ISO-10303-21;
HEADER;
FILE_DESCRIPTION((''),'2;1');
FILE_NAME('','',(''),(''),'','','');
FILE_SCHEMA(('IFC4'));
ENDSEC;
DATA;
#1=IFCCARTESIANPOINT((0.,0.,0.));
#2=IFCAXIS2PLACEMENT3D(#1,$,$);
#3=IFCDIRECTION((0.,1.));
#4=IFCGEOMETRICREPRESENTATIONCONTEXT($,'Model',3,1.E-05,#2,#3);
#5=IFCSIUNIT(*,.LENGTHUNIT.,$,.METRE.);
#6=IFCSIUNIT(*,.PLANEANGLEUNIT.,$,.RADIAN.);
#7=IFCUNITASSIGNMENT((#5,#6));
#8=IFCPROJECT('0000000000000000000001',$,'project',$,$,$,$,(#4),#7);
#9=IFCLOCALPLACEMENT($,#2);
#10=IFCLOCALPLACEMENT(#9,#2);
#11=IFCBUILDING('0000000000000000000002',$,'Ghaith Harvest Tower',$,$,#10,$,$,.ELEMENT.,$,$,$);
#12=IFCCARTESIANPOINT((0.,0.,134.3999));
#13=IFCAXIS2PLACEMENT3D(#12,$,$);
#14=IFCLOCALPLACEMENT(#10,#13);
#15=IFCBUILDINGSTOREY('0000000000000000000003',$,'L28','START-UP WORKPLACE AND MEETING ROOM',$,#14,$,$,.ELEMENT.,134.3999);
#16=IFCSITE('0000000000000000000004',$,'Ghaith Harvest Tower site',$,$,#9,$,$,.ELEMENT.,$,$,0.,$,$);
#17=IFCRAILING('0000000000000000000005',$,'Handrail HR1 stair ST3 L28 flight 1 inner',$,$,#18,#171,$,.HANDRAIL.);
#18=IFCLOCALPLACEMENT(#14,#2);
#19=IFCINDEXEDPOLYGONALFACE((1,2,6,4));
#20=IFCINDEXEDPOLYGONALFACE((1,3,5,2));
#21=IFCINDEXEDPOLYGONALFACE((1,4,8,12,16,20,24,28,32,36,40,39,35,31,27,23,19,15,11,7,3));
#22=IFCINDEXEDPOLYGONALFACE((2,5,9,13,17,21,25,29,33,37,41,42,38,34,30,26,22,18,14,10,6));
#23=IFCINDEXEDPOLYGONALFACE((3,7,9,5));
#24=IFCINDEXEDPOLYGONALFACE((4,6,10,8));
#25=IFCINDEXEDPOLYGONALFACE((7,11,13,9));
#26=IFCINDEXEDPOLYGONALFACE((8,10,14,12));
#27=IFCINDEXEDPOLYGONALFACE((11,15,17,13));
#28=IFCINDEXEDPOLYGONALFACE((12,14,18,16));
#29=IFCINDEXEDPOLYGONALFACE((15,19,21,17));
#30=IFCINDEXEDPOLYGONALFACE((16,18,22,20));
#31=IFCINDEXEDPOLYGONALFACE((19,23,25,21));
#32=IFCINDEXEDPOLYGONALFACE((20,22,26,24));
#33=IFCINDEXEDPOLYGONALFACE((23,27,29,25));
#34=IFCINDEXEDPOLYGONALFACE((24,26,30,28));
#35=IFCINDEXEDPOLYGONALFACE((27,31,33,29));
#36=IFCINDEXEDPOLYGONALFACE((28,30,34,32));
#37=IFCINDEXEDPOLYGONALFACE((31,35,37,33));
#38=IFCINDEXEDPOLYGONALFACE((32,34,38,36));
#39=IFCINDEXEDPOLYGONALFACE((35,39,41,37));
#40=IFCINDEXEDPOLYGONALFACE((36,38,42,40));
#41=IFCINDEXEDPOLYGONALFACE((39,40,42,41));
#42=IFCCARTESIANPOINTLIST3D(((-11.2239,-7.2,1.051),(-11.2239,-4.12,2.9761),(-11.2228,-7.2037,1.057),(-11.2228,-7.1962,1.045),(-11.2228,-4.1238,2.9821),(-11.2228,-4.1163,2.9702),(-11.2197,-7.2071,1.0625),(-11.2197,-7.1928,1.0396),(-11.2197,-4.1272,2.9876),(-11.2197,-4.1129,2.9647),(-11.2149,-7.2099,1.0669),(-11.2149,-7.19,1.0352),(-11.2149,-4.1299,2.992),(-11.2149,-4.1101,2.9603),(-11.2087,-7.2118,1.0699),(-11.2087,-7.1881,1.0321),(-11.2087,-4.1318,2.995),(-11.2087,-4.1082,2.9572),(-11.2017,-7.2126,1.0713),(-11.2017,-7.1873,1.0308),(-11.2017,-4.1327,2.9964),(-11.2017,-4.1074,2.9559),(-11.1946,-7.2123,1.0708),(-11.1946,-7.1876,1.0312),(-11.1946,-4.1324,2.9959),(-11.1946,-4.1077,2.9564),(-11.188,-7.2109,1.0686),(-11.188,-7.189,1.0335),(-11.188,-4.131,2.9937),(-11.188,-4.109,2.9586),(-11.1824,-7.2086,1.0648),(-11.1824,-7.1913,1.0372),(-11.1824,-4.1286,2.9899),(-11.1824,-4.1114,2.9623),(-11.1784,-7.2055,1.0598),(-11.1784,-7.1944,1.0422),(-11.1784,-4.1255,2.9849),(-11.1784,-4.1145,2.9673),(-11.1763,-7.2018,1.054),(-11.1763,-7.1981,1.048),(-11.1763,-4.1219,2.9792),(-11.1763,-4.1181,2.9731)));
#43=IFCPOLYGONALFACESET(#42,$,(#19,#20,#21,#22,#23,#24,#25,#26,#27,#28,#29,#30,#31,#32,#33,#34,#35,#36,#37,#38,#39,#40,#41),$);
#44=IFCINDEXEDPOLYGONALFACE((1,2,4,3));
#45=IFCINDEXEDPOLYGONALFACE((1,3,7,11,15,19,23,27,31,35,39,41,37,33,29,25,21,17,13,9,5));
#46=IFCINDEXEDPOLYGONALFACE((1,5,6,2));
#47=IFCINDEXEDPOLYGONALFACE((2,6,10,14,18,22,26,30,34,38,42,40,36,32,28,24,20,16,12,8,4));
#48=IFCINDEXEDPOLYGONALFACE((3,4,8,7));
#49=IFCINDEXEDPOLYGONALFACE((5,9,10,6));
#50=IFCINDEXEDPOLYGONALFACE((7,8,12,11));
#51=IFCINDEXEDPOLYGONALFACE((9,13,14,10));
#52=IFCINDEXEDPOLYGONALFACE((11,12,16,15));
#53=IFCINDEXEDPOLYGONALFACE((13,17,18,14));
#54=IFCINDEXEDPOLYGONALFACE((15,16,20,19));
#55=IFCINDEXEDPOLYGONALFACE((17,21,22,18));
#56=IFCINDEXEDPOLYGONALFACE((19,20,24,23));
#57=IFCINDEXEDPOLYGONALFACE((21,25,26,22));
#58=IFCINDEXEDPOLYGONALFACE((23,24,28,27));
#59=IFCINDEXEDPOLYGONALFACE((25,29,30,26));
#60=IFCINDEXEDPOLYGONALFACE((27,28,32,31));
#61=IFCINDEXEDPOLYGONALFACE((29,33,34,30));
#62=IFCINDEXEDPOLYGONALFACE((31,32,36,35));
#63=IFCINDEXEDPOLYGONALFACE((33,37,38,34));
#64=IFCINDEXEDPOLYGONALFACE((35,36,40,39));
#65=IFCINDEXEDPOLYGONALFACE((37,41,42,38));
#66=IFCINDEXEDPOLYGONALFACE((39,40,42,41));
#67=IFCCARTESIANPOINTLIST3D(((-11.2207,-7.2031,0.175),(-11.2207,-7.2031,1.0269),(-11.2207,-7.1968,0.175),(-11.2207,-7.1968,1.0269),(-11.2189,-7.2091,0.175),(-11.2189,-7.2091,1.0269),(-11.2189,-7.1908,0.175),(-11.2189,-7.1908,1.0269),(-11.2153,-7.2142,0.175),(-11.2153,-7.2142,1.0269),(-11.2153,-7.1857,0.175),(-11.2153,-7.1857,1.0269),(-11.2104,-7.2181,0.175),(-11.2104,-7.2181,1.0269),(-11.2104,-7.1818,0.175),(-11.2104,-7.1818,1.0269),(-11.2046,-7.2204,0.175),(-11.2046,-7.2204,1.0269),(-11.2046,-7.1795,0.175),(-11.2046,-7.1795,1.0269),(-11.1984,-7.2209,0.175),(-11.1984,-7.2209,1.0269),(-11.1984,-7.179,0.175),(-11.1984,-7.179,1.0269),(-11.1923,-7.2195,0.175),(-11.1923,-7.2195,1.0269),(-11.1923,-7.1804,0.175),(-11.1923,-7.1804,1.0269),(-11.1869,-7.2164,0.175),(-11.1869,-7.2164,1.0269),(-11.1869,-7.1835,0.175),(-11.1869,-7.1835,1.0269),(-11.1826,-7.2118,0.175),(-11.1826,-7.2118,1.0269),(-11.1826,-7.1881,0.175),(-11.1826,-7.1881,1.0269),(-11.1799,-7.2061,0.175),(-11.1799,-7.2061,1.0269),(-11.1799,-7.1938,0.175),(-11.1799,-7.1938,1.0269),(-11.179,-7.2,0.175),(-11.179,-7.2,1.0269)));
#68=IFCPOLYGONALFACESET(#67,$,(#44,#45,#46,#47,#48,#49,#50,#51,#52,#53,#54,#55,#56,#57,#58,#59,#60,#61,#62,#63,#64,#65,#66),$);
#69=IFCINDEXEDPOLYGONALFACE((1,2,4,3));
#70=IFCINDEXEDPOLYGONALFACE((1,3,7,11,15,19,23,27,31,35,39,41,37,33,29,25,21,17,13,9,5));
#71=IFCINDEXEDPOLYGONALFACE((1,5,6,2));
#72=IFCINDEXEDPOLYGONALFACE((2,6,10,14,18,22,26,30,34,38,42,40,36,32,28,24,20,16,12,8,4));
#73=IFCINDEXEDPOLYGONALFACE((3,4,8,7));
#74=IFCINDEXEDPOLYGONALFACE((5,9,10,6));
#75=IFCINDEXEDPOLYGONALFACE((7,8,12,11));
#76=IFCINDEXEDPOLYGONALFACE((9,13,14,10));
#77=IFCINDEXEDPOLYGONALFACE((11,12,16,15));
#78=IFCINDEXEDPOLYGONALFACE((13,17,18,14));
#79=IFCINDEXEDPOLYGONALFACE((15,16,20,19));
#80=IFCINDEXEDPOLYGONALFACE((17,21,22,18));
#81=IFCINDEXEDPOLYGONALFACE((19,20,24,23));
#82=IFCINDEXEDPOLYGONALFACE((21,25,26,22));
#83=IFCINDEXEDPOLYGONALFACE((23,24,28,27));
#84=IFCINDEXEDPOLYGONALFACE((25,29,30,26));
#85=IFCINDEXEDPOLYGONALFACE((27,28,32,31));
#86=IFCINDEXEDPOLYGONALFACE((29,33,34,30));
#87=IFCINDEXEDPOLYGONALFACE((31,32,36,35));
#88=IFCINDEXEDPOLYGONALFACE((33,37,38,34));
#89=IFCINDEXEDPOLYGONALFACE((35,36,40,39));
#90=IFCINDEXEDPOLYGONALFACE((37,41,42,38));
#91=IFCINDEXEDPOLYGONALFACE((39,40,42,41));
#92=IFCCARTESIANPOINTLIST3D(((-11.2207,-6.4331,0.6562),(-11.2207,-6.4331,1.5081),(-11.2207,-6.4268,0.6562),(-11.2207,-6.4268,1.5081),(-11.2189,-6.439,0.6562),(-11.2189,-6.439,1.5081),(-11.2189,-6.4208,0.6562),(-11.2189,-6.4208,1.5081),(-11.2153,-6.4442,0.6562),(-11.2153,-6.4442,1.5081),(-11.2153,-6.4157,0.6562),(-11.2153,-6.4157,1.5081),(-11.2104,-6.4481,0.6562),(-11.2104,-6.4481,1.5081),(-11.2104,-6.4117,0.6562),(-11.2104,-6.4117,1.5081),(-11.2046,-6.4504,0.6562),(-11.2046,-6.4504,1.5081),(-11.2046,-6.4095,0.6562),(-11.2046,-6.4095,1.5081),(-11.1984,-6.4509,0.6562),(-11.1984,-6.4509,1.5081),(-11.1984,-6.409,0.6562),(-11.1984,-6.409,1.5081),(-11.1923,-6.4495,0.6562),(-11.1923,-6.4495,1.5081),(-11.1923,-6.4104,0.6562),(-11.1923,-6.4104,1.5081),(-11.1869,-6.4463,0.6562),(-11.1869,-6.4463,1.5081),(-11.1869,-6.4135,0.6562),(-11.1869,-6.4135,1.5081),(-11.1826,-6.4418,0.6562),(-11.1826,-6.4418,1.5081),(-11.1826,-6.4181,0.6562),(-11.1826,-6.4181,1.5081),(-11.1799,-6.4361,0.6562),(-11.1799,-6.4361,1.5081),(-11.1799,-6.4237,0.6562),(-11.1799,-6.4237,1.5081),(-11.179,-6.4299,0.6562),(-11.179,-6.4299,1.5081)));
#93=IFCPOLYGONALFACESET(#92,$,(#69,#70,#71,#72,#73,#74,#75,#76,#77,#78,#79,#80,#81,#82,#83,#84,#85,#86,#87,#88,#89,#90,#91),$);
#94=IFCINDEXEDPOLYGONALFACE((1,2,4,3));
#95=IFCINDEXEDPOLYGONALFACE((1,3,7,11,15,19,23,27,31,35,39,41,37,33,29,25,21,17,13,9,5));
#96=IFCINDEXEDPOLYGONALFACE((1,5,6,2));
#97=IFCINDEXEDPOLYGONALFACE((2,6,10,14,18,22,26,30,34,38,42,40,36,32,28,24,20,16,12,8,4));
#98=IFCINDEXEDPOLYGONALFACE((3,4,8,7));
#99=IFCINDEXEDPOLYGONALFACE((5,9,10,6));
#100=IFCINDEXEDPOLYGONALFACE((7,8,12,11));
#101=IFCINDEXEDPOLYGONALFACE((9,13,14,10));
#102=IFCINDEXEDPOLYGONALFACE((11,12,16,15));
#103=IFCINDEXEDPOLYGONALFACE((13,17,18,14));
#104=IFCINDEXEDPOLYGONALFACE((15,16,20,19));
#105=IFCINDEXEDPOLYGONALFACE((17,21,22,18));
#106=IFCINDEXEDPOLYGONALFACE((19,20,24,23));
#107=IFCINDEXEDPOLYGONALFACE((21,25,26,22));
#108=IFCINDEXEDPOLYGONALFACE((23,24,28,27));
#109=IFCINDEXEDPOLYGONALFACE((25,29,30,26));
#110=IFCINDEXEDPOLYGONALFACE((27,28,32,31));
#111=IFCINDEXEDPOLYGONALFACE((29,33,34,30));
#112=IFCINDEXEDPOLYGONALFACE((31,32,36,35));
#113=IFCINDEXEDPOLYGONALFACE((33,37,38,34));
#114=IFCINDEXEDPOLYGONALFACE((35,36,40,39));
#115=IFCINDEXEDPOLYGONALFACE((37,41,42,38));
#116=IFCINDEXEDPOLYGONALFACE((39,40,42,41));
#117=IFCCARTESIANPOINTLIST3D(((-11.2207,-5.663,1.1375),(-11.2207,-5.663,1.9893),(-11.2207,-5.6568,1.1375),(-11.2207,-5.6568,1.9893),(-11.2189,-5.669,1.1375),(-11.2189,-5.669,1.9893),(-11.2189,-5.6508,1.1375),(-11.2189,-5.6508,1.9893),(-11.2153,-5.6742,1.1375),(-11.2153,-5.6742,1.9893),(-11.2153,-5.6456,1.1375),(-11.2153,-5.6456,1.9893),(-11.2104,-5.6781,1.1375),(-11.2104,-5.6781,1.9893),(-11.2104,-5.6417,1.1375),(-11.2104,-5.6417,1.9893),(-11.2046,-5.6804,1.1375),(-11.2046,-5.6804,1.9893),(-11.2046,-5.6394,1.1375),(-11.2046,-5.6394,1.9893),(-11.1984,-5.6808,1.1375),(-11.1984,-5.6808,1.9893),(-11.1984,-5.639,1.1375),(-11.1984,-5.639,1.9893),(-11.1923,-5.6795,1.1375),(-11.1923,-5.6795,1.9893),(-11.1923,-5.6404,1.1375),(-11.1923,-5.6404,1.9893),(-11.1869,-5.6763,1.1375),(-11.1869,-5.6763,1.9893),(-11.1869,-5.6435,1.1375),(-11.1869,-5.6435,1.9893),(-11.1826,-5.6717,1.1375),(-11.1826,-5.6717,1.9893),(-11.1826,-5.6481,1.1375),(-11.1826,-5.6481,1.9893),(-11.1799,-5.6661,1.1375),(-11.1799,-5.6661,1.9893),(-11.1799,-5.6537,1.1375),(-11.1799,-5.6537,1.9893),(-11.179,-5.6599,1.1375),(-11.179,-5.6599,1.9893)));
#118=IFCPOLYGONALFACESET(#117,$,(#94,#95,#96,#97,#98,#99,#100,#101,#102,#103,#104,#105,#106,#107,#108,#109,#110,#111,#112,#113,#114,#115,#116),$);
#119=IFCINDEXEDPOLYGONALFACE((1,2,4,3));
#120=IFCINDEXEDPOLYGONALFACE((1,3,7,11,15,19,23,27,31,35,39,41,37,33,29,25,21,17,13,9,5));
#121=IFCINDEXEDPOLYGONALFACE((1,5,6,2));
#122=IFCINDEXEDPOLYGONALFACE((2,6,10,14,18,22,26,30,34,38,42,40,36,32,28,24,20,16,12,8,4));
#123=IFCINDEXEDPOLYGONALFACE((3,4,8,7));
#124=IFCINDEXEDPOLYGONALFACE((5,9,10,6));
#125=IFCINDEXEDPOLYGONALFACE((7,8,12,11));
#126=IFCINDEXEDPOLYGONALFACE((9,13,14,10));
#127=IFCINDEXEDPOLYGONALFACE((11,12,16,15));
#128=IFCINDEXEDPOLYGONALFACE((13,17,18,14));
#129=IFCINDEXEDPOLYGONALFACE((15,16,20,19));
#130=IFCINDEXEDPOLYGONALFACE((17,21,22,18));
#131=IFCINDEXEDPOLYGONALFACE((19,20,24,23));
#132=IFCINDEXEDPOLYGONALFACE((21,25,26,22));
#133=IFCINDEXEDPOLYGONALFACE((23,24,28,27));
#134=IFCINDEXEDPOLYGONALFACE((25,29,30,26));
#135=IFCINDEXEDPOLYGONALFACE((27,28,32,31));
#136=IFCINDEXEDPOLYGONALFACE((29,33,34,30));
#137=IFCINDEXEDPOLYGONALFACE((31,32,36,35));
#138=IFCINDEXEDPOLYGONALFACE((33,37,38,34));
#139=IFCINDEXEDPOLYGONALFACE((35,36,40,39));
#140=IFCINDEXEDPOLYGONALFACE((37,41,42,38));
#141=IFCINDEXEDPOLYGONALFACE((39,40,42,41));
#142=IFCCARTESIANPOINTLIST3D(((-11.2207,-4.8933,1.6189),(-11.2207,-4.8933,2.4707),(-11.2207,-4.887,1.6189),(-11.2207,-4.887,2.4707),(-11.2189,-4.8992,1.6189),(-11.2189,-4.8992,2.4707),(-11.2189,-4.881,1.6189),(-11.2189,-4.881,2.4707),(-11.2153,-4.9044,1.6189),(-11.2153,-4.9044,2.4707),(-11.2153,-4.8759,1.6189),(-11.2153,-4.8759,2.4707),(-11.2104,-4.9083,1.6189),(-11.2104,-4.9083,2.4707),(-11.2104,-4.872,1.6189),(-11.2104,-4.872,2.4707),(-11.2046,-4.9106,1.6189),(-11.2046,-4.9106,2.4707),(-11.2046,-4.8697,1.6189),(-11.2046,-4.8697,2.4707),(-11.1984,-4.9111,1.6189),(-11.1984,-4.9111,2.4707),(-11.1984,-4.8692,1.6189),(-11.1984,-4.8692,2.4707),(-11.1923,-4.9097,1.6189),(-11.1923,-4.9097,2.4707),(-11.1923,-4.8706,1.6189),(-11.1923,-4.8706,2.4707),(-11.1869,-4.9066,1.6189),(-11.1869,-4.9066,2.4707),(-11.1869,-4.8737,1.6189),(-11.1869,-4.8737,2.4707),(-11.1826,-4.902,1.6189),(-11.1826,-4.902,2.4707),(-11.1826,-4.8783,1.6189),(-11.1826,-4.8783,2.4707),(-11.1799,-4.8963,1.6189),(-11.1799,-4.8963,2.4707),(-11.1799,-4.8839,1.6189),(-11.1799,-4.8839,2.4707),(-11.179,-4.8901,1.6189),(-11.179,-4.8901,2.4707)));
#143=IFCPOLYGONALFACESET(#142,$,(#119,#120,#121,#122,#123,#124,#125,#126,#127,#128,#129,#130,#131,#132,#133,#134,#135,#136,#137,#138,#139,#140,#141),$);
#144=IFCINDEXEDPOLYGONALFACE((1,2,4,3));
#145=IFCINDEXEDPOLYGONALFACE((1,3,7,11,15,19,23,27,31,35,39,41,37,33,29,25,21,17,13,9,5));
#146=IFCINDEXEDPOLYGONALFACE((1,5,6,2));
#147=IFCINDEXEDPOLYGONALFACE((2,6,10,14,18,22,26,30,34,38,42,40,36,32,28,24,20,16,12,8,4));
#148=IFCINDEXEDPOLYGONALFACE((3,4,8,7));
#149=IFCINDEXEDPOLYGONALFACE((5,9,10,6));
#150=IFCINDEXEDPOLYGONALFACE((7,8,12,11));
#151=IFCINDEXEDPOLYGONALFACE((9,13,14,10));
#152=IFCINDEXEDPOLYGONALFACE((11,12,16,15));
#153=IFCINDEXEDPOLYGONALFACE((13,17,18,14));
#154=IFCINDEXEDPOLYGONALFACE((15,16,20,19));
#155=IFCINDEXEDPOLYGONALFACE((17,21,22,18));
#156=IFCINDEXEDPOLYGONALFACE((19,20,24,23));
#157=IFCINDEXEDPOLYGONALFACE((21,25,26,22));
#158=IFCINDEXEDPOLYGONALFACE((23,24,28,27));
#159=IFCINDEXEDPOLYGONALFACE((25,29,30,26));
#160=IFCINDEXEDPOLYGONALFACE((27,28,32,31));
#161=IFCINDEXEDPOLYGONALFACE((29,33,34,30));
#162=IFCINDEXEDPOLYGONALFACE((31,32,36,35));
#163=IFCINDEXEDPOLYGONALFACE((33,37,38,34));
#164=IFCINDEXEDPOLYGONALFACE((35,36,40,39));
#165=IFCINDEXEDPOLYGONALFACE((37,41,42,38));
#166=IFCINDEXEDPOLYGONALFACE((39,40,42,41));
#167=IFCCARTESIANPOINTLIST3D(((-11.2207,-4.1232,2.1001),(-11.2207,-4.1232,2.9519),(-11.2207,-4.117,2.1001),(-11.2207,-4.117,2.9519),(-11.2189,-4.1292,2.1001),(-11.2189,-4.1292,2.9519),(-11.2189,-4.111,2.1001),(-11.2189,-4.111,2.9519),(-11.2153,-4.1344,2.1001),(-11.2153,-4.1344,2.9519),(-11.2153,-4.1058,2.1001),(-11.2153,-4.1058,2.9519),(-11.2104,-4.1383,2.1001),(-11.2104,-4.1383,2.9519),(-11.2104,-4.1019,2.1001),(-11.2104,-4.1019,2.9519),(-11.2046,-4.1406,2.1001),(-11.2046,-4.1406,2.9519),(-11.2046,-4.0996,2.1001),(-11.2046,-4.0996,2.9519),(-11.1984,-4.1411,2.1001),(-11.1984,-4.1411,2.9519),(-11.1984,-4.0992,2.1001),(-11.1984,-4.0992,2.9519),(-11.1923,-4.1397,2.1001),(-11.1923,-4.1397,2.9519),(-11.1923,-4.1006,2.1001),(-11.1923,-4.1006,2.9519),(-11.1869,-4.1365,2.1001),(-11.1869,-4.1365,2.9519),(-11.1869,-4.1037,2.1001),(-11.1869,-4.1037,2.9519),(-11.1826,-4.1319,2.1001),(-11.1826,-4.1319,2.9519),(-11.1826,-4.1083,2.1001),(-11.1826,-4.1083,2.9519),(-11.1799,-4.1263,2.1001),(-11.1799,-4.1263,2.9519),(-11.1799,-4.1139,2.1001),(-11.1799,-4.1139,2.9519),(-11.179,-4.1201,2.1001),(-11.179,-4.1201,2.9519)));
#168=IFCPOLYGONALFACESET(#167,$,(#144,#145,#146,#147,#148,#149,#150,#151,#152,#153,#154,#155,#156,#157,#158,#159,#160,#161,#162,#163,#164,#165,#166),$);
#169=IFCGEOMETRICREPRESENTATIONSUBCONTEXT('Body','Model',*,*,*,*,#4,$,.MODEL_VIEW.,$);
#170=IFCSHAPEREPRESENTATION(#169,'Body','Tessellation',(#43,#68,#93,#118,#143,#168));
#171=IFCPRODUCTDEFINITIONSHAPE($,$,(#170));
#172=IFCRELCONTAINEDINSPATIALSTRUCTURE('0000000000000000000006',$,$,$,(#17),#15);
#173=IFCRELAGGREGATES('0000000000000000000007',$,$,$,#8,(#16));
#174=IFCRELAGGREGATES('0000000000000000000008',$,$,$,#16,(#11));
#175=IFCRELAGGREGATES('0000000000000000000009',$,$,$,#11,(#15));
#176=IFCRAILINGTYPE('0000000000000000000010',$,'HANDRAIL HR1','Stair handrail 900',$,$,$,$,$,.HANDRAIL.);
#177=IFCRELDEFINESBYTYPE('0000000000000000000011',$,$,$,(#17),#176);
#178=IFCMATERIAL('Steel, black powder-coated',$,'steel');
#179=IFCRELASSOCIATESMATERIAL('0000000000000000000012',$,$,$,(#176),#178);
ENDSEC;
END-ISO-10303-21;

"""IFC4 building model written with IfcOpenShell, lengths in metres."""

from ifc_helpers import new_model, si_unit, direction, frame, origin, origin_2d, place, context, subcontext, project, spatial, circle, extrude, material, type_object, element, save


model = new_model("IFC4")

# Units and contexts
model_context = context("Model", 3, precision=1e-05, world=origin(), true_north=direction((0.0, 1.0)))
body_context = subcontext(model_context, "Body", "Model", "MODEL_VIEW")
ifc_project = project(units=[si_unit("LENGTHUNIT", "METRE"), si_unit("PLANEANGLEUNIT", "RADIAN")], contexts=[model_context])

# Site, building, storey
site_placement = place(None, origin())
site = spatial("IfcSite", under=ifc_project, at=site_placement, Name="Ghaith Harvest Tower site", CompositionType="ELEMENT", RefElevation=0.0)
building_placement = place(site_placement, origin())
building = spatial("IfcBuilding", under=site, at=building_placement, Name="Ghaith Harvest Tower", CompositionType="ELEMENT")
storey_placement = place(building_placement, frame((0.0, 0.0, 134.3999)))
storey = spatial("IfcBuildingStorey", under=building, at=storey_placement, Name="L28", Description="START-UP WORKPLACE AND MEETING ROOM", CompositionType="ELEMENT", Elevation=134.3999)

# Railing
ifc_material_1 = material(Name="Steel, black powder-coated", Category="steel")
railing_type = type_object("IfcRailingType", Name="HANDRAIL HR1", Description="Stair handrail 900", PredefinedType="HANDRAIL", material=ifc_material_1)
railing_1_placement = place(storey_placement, frame((-11.2, -7.2, 0.175)))
element("IfcRailing", 1, at=railing_1_placement, inside=storey, type_object=railing_type, Name="Handrail HR1 stair ST3 L28 flight 1 inner", PredefinedType="HANDRAIL", context=body_context, shape_type="SweptSolid", body=[
    extrude(circle(Radius=0.0239, at=origin_2d()), frame((0.0, 0.0, 0.876), z_axis=(0.0, 0.847979, 0.530029), x_axis=(-1.0, 0.0, 0.0)), (0.0, 0.0, 1.0), 3.6321),
    extrude(circle(Radius=0.021, at=origin_2d()), origin(), (0.0, 0.0, 1.0), 0.8518),
    extrude(circle(Radius=0.021, at=origin_2d()), frame((0.0, 0.77, 0.4812)), (0.0, 0.0, 1.0), 0.8518),
    extrude(circle(Radius=0.021, at=origin_2d()), frame((0.0, 1.54, 0.9624)), (0.0, 0.0, 1.0), 0.8518),
    extrude(circle(Radius=0.021, at=origin_2d()), frame((0.0, 2.3098, 1.4438)), (0.0, 0.0, 1.0), 0.8518),
    extrude(circle(Radius=0.021, at=origin_2d()), frame((0.0, 3.0798, 1.925)), (0.0, 0.0, 1.0), 0.8518),
])

save(model, "model.ifc")
